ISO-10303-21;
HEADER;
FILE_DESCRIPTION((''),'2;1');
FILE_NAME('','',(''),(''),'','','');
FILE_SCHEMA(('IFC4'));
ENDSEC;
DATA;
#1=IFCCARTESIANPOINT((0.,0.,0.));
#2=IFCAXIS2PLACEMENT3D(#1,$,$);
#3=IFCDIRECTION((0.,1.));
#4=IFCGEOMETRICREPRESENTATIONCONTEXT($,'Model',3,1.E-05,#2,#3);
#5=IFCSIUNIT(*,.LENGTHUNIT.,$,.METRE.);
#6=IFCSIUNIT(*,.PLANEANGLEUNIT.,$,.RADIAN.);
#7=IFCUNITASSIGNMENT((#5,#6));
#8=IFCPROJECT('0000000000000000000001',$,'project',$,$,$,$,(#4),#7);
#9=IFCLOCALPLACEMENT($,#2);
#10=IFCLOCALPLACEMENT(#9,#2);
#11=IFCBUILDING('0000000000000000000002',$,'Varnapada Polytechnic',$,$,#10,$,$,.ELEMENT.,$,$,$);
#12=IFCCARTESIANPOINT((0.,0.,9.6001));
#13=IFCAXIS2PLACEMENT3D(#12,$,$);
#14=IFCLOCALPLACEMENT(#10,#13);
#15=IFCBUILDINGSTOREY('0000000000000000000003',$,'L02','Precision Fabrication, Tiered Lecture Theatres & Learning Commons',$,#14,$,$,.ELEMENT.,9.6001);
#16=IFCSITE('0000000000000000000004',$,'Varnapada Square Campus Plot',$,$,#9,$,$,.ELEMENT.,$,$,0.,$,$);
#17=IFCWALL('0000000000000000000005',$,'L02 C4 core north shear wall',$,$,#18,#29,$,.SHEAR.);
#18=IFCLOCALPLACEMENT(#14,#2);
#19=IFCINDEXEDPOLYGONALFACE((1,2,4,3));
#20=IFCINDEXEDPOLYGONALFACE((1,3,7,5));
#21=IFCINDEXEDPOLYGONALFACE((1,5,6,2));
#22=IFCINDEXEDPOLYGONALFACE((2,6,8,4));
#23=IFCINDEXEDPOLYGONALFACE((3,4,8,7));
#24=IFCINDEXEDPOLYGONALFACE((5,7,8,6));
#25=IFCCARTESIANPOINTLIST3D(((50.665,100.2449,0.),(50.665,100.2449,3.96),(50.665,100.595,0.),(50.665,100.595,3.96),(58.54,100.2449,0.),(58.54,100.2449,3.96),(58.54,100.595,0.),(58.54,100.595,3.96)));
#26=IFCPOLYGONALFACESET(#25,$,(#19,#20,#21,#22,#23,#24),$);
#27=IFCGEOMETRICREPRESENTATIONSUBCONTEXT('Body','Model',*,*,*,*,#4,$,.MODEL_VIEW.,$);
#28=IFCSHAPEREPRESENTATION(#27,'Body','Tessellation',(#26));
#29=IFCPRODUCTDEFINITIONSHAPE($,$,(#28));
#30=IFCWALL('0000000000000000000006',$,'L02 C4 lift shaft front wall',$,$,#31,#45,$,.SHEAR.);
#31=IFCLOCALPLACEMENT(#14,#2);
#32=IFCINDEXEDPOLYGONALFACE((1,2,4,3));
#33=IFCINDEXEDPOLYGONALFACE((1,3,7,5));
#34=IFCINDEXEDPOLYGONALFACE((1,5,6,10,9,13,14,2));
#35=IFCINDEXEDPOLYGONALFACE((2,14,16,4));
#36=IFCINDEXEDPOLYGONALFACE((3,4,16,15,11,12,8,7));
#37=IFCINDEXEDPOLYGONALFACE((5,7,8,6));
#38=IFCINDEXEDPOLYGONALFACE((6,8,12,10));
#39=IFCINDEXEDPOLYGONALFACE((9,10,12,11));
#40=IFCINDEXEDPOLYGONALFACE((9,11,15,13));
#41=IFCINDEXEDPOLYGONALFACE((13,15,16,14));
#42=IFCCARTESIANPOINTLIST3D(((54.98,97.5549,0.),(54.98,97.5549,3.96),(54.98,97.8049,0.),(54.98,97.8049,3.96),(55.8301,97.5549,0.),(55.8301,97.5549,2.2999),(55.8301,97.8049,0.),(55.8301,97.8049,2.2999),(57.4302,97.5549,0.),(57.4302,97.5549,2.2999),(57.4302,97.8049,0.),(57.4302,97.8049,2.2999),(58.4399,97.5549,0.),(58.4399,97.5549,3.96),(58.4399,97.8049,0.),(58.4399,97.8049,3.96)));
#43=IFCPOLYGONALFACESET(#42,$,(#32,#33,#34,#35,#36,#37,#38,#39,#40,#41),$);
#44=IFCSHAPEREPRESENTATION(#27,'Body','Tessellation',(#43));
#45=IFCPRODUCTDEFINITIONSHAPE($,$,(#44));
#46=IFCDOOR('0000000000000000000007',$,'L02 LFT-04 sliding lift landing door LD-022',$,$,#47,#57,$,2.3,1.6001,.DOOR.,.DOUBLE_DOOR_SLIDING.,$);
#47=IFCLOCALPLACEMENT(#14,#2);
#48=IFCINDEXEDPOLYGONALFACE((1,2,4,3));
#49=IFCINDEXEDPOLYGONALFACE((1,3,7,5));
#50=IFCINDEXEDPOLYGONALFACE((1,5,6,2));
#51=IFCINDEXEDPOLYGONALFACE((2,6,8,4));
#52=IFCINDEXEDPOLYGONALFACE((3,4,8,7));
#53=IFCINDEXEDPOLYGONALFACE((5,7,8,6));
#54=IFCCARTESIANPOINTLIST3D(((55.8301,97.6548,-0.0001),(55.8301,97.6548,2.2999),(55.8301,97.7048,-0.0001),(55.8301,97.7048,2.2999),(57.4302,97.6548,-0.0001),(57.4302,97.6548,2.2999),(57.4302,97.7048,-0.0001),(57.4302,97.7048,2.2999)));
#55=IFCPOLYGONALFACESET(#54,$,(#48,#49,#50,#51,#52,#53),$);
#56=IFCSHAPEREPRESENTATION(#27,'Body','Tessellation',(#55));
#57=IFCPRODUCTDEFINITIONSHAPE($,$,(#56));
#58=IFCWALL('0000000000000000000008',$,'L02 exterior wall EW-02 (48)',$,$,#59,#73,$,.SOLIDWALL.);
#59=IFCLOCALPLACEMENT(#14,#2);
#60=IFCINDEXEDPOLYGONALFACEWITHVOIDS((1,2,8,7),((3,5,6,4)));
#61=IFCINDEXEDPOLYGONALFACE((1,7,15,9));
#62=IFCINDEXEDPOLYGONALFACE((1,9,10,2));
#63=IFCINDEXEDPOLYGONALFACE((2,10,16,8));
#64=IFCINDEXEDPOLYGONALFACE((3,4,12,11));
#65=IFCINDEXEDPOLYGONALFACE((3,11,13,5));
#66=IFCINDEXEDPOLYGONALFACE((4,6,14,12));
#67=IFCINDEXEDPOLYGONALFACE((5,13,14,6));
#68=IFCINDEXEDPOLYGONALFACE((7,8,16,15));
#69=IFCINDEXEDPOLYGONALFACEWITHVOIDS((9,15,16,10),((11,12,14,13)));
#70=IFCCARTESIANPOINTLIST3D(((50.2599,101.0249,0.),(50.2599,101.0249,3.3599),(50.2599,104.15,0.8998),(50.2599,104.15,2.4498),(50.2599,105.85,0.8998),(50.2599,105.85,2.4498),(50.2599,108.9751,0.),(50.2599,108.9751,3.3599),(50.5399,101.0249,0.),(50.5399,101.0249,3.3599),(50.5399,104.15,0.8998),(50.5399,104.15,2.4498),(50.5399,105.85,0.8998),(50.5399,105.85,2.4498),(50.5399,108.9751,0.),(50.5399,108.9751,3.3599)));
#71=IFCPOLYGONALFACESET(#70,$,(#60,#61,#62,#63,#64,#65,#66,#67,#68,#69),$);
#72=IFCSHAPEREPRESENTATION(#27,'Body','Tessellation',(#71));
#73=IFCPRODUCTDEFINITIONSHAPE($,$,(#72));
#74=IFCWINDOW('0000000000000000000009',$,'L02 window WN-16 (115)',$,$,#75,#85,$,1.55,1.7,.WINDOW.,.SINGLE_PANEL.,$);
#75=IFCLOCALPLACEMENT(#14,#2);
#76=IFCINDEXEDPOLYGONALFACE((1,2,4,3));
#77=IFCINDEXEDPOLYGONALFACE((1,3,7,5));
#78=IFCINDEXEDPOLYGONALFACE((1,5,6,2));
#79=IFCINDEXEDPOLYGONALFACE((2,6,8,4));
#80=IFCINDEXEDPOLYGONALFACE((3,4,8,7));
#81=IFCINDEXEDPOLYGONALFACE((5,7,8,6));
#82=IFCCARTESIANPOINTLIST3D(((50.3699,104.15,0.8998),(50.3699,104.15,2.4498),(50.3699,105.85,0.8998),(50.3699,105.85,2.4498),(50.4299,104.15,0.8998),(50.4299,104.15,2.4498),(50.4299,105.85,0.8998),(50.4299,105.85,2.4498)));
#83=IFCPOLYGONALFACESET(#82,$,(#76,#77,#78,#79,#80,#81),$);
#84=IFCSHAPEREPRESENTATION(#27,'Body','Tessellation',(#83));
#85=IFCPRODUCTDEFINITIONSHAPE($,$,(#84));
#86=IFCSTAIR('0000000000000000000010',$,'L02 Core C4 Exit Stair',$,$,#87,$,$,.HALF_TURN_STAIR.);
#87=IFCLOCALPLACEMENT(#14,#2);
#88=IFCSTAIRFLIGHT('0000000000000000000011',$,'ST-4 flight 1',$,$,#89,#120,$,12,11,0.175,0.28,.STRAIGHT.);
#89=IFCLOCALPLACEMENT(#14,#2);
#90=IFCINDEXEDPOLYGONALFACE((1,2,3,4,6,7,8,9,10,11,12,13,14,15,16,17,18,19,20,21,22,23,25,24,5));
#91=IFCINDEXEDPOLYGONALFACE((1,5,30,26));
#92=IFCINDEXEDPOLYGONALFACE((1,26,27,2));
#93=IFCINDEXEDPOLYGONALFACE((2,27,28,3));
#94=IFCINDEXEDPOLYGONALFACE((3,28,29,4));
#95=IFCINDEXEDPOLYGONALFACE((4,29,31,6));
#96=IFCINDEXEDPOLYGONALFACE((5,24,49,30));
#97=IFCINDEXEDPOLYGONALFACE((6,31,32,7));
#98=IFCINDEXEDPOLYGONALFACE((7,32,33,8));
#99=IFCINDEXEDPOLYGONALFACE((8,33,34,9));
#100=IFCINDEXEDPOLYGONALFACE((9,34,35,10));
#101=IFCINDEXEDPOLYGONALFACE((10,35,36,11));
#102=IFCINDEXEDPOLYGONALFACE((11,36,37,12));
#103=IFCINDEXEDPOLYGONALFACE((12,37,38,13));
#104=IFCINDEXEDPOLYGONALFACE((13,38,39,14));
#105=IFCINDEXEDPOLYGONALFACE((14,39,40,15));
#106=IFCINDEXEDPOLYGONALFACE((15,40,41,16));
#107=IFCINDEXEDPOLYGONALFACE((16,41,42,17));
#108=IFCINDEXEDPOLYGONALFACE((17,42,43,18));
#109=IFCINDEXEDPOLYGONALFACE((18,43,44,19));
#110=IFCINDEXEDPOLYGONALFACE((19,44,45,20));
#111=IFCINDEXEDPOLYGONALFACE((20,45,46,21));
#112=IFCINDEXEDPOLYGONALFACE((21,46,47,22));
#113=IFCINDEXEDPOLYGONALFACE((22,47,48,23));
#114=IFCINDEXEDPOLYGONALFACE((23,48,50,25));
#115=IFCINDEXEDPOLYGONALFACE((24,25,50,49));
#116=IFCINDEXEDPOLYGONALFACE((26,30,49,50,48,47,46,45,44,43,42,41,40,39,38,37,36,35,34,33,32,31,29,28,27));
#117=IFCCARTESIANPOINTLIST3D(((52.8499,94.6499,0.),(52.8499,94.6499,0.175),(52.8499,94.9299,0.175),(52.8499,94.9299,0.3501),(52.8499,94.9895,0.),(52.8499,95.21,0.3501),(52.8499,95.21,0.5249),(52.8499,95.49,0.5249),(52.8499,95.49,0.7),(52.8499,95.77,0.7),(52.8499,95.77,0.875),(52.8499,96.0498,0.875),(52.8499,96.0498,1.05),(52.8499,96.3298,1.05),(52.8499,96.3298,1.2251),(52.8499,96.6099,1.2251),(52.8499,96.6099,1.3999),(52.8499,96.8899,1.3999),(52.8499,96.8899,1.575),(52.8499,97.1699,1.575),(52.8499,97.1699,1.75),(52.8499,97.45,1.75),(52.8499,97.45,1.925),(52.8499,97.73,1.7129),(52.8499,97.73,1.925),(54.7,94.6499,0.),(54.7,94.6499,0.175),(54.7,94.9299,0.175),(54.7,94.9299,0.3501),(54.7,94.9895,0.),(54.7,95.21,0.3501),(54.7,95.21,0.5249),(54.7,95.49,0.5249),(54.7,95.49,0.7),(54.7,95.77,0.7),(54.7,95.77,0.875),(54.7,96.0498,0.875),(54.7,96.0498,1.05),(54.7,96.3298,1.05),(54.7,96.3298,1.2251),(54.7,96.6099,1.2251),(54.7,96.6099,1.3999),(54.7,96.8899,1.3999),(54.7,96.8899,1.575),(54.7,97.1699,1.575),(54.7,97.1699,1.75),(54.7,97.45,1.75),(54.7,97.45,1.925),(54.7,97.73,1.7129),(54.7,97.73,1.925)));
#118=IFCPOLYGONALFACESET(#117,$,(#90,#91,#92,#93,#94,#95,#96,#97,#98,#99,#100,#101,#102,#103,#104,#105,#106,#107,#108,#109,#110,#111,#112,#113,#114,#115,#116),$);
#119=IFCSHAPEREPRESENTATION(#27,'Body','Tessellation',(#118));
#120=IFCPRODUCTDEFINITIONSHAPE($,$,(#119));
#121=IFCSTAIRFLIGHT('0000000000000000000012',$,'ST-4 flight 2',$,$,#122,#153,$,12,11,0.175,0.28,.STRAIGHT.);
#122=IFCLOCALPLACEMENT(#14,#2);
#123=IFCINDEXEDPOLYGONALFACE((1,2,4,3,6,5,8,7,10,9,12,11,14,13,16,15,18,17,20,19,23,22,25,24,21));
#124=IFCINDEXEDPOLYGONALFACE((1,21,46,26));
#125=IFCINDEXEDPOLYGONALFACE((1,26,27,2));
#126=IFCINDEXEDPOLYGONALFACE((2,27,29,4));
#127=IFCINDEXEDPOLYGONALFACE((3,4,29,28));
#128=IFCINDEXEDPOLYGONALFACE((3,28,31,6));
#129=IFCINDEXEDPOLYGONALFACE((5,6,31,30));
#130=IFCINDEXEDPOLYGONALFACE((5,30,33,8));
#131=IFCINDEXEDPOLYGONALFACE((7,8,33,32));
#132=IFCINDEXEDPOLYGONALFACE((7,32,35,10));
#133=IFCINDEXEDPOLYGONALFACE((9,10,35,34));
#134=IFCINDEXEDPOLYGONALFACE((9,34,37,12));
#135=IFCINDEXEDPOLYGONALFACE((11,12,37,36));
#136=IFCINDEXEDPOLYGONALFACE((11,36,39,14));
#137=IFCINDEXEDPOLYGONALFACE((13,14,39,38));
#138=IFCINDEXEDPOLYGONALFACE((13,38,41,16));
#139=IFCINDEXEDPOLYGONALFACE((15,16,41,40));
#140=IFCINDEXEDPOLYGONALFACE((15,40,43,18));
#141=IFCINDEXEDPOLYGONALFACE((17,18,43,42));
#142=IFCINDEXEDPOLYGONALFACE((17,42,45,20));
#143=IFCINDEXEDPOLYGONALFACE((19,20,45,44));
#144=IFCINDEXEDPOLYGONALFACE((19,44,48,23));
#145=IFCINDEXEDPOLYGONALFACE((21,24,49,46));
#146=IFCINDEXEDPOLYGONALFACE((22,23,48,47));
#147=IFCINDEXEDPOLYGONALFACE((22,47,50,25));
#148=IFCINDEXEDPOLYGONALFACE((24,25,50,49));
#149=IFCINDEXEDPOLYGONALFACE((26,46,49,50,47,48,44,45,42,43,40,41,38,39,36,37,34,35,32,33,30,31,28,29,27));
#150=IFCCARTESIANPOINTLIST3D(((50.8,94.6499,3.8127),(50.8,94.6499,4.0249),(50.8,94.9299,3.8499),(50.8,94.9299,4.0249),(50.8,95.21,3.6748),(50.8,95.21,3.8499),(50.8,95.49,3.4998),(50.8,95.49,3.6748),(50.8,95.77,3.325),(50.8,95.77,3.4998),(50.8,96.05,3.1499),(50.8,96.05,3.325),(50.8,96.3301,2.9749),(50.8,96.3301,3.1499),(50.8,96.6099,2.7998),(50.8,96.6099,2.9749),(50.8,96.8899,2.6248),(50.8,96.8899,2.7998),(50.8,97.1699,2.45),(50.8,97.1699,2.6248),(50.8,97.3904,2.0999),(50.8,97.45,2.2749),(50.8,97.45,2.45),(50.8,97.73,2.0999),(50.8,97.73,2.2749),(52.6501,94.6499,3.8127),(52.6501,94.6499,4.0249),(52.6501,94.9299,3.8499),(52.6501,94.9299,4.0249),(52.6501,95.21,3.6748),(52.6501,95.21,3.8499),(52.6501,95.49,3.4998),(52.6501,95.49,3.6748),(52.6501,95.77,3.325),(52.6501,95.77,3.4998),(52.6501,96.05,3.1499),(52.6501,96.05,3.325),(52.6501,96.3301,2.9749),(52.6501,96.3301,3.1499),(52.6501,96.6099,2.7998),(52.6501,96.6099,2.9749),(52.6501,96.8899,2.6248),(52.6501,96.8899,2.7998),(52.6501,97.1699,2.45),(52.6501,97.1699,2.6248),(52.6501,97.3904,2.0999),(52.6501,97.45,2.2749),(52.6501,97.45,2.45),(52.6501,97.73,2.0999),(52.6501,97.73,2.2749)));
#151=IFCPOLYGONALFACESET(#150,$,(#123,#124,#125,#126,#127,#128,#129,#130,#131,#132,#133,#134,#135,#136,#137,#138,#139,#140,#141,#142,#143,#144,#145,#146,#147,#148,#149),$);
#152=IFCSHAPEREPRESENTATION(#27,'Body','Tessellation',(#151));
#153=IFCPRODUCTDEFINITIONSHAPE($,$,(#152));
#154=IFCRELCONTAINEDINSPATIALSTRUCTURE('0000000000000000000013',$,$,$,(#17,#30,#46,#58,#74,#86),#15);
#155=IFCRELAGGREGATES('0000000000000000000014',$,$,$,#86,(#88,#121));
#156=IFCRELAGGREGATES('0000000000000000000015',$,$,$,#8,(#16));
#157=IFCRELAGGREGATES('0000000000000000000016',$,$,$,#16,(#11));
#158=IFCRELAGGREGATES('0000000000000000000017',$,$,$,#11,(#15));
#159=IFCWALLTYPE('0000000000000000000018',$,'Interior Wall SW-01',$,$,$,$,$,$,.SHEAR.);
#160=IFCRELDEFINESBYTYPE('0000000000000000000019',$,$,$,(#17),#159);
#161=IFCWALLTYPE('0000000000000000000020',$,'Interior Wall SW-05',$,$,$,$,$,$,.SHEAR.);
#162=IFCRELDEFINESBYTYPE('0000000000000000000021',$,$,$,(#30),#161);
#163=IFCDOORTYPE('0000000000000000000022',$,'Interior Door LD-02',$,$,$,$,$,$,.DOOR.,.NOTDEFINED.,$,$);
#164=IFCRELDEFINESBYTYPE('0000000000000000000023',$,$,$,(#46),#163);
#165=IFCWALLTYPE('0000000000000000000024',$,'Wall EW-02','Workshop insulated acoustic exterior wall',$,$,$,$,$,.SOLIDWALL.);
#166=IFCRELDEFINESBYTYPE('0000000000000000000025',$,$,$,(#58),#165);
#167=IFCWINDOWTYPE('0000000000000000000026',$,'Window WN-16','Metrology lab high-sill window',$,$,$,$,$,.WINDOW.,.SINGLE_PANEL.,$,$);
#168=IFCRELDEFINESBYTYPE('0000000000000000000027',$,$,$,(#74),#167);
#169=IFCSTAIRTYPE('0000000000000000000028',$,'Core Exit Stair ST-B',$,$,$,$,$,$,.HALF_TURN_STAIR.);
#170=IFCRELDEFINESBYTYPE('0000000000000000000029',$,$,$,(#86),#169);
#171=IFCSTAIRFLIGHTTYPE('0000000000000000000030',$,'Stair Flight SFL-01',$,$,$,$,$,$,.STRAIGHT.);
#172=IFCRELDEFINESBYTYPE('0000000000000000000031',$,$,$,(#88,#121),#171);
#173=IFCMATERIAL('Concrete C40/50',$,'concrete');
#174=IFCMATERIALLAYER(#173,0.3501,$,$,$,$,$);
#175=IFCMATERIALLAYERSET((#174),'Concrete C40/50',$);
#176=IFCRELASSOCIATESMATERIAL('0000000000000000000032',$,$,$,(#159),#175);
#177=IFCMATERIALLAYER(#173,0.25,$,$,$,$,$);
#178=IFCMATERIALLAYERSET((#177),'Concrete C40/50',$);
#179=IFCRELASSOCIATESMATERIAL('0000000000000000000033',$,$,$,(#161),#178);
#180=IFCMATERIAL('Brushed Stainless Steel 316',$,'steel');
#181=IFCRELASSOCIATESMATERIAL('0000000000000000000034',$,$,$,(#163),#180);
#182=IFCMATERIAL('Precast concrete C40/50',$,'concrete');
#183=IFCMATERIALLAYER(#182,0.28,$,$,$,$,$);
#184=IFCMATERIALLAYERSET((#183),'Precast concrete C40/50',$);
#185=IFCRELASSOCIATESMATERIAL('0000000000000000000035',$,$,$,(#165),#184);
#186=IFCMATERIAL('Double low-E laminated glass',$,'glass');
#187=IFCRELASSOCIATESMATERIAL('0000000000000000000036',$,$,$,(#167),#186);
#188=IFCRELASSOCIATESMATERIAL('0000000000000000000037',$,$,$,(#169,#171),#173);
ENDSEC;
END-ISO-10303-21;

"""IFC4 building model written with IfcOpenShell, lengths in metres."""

from ifc_helpers import new_model, si_unit, direction, frame, frame_2d, origin, place, context, subcontext, project, spatial, polyline, rectangle, outline, extrude, material, layer, layer_set, type_object, element, fill, aggregate, save


model = new_model("IFC4")

# Units and contexts
model_context = context("Model", 3, precision=1e-05, world=origin(), true_north=direction((0.0, 1.0)))
body_context = subcontext(model_context, "Body", "Model", "MODEL_VIEW")
ifc_project = project(units=[si_unit("LENGTHUNIT", "METRE"), si_unit("PLANEANGLEUNIT", "RADIAN")], contexts=[model_context])

# Site, building, storey
site_placement = place(None, origin())
site = spatial("IfcSite", under=ifc_project, at=site_placement, Name="Varnapada Square Campus Plot", CompositionType="ELEMENT", RefElevation=0.0)
building_placement = place(site_placement, origin())
building = spatial("IfcBuilding", under=site, at=building_placement, Name="Varnapada Polytechnic", CompositionType="ELEMENT")
storey_placement = place(building_placement, frame((0.0, 0.0, 9.6001)))
storey = spatial("IfcBuildingStorey", under=building, at=storey_placement, Name="L02", Description="Precision Fabrication, Tiered Lecture Theatres & Learning Commons", CompositionType="ELEMENT", Elevation=9.6001)

# Wall
ifc_material_1 = material(Name="Concrete C40/50", Category="concrete")
ifc_layer_1 = layer(ifc_material_1, 0.3501)
ifc_layer_set_1 = layer_set([ifc_layer_1], Name="Concrete C40/50")
wall_type_1 = type_object("IfcWallType", Name="Interior Wall SW-01", PredefinedType="SHEAR", material=ifc_layer_set_1)
wall_1_placement = place(storey_placement, frame((50.665, 100.4199, 0.0), z_axis=(0.0, 0.0, 1.0), x_axis=(1.0, 0.0, 0.0)))
element("IfcWall", 1, at=wall_1_placement, inside=storey, type_object=wall_type_1, Name="L02 C4 core north shear wall", PredefinedType="SHEAR", context=body_context, shape_type="SweptSolid", body=[
    extrude(rectangle(XDim=7.875, YDim=0.3501, at=frame_2d((3.9375, 0.0))), origin(), (0.0, 0.0, 1.0), 3.96),
])

# Wall, opening, door
ifc_layer_2 = layer(ifc_material_1, 0.25)
ifc_layer_set_2 = layer_set([ifc_layer_2], Name="Concrete C40/50")
wall_type_2 = type_object("IfcWallType", Name="Interior Wall SW-05", PredefinedType="SHEAR", material=ifc_layer_set_2)
wall_2_placement = place(storey_placement, frame((54.98, 97.6799, 0.0), z_axis=(0.0, 0.0, 1.0), x_axis=(1.0, 0.0, 0.0)))
wall_2 = element("IfcWall", 2, at=wall_2_placement, inside=storey, type_object=wall_type_2, Name="L02 C4 lift shaft front wall", PredefinedType="SHEAR", context=body_context, shape_type="SweptSolid", body=[
    extrude(rectangle(XDim=3.46, YDim=0.25, at=frame_2d((1.73, 0.0))), origin(), (0.0, 0.0, 1.0), 3.96),
])
opening_1_placement = place(wall_2_placement, frame((0.8501, 0.0, 0.0)))
opening_1 = element("IfcOpeningElement", 3, at=opening_1_placement, cuts=wall_2, PredefinedType="OPENING", context=body_context, shape_type="SweptSolid", body=[
    extrude(rectangle(XDim=1.6001, YDim=2.3, at=frame_2d((0.8, 1.1499))), frame((0.0, 0.135, 0.0), z_axis=(0.0, -1.0, 0.0), x_axis=(1.0, 0.0, 0.0)), (0.0, 0.0, 1.0), 0.27),
])
ifc_material_2 = material(Name="Brushed Stainless Steel 316", Category="steel")
door_type_1 = type_object("IfcDoorType", Name="Interior Door LD-02", OperationType="NOTDEFINED", PredefinedType="DOOR", material=ifc_material_2)
door_1_placement = place(opening_1_placement, origin())
door_1 = element("IfcDoor", 4, at=door_1_placement, inside=storey, type_object=door_type_1, Name="L02 LFT-04 sliding lift landing door LD-022", OperationType="DOUBLE_DOOR_SLIDING", OverallHeight=2.3, OverallWidth=1.6001, PredefinedType="DOOR", context=body_context, shape_type="SweptSolid", body=[
    extrude(rectangle(XDim=1.6001, YDim=2.3, at=frame_2d((0.8, 1.1499))), frame((0.0, 0.0249, 0.0), z_axis=(0.0, -1.0, 0.0), x_axis=(1.0, 0.0, 0.0)), (0.0, 0.0, 1.0), 0.05),
])
fill(opening_1, door_1)

# Wall, opening, window
ifc_material_3 = material(Name="Precast concrete C40/50", Category="concrete")
ifc_layer_3 = layer(ifc_material_3, 0.28)
ifc_layer_set_3 = layer_set([ifc_layer_3], Name="Precast concrete C40/50")
wall_type_3 = type_object("IfcWallType", Name="Wall EW-02", Description="Workshop insulated acoustic exterior wall", PredefinedType="SOLIDWALL", material=ifc_layer_set_3)
wall_3_placement = place(storey_placement, frame((50.3999, 101.0249, 0.0), z_axis=(0.0, 0.0, 1.0), x_axis=(0.0, 1.0, 0.0)))
wall_3 = element("IfcWall", 5, at=wall_3_placement, inside=storey, type_object=wall_type_3, Name="L02 exterior wall EW-02 (48)", PredefinedType="SOLIDWALL", context=body_context, shape_type="SweptSolid", body=[
    extrude(rectangle(XDim=7.9502, YDim=0.28, at=frame_2d((3.9751, 0.0))), origin(), (0.0, 0.0, 1.0), 3.3599),
])
opening_2_placement = place(wall_3_placement, frame((3.125, 0.0, 0.8999)))
opening_2 = element("IfcOpeningElement", 6, at=opening_2_placement, cuts=wall_3, PredefinedType="OPENING", context=body_context, shape_type="SweptSolid", body=[
    extrude(rectangle(XDim=1.7, YDim=1.55, at=frame_2d((0.8501, 0.7749))), frame((0.0, 0.1499, 0.0), z_axis=(0.0, -1.0, 0.0), x_axis=(1.0, 0.0, 0.0)), (0.0, 0.0, 1.0), 0.3),
])
ifc_material_4 = material(Name="Double low-E laminated glass", Category="glass")
window_type = type_object("IfcWindowType", Name="Window WN-16", Description="Metrology lab high-sill window", PartitioningType="SINGLE_PANEL", PredefinedType="WINDOW", material=ifc_material_4)
window_placement = place(opening_2_placement, origin())
window = element("IfcWindow", 7, at=window_placement, inside=storey, type_object=window_type, Name="L02 window WN-16 (115)", OverallHeight=1.55, OverallWidth=1.7, PartitioningType="SINGLE_PANEL", PredefinedType="WINDOW", context=body_context, shape_type="SweptSolid", body=[
    extrude(rectangle(XDim=1.7, YDim=1.55, at=frame_2d((0.8501, 0.7749))), frame((0.0, 0.03, 0.0), z_axis=(0.0, -1.0, 0.0), x_axis=(1.0, 0.0, 0.0)), (0.0, 0.0, 1.0), 0.0601),
])
fill(opening_2, window)

# Stair, stair flights
stair_type = type_object("IfcStairType", Name="Core Exit Stair ST-B", PredefinedType="HALF_TURN_STAIR", material=ifc_material_1)
stair_placement = place(storey_placement, origin())
stair = element("IfcStair", 8, at=stair_placement, inside=storey, type_object=stair_type, Name="L02 Core C4 Exit Stair", PredefinedType="HALF_TURN_STAIR")
stair_flight_type = type_object("IfcStairFlightType", Name="Stair Flight SFL-01", PredefinedType="STRAIGHT", material=ifc_material_1)
stair_flight_1_placement = place(storey_placement, frame((53.7749, 94.6499, 0.0), z_axis=(0.0, 0.0, 1.0), x_axis=(0.0, 1.0, 0.0)))
stair_flight_1 = element("IfcStairFlight", 9, at=stair_flight_1_placement, type_object=stair_flight_type, Name="ST-4 flight 1", NumberOfRisers=12, NumberOfTreads=11, PredefinedType="STRAIGHT", RiserHeight=0.175, TreadLength=0.28, context=body_context, shape_type="SweptSolid", body=[
    extrude(outline(polyline([(0.0, 0.0), (0.0, 0.175), (0.28, 0.175), (0.28, 0.3501), (0.5601, 0.3501), (0.5601, 0.5249), (0.8401, 0.5249), (0.8401, 0.7), (1.1201, 0.7), (1.1201, 0.875), (1.3999, 0.875), (1.3999, 1.05), (1.6799, 1.05), (1.6799, 1.2251), (1.96, 1.2251), (1.96, 1.3999), (2.24, 1.3999), (2.24, 1.575), (2.52, 1.575), (2.52, 1.75), (2.8, 1.75), (2.8, 1.925), (3.0801, 1.925), (3.0801, 2.1001), (3.0801, 1.7129), (0.3396, 0.0), (0.0, 0.0)])), frame((0.0, 0.925, 0.0), z_axis=(0.0, -1.0, 0.0), x_axis=(1.0, 0.0, 0.0)), (0.0, 0.0, 1.0), 1.8501),
])
stair_flight_2_placement = place(storey_placement, frame((51.7251, 97.73, 2.0999), z_axis=(0.0, 0.0, 1.0), x_axis=(0.0, -1.0, 0.0)))
stair_flight_2 = element("IfcStairFlight", 10, at=stair_flight_2_placement, type_object=stair_flight_type, Name="ST-4 flight 2", NumberOfRisers=12, NumberOfTreads=11, PredefinedType="STRAIGHT", RiserHeight=0.175, TreadLength=0.28, context=body_context, shape_type="SweptSolid", body=[
    extrude(outline(polyline([(0.0, 0.0), (0.0, 0.175), (0.28, 0.175), (0.28, 0.3501), (0.5601, 0.3501), (0.5601, 0.5249), (0.8401, 0.5249), (0.8401, 0.7), (1.1201, 0.7), (1.1201, 0.875), (1.3999, 0.875), (1.3999, 1.05), (1.6799, 1.05), (1.6799, 1.2251), (1.96, 1.2251), (1.96, 1.3999), (2.24, 1.3999), (2.24, 1.575), (2.52, 1.575), (2.52, 1.75), (2.8, 1.75), (2.8, 1.925), (3.0801, 1.925), (3.0801, 2.1001), (3.0801, 1.7129), (0.3396, 0.0), (0.0, 0.0)])), frame((0.0, 0.925, 0.0), z_axis=(0.0, -1.0, 0.0), x_axis=(1.0, 0.0, 0.0)), (0.0, 0.0, 1.0), 1.8501),
])
aggregate(stair, [stair_flight_1, stair_flight_2])

save(model, "model.ifc")
